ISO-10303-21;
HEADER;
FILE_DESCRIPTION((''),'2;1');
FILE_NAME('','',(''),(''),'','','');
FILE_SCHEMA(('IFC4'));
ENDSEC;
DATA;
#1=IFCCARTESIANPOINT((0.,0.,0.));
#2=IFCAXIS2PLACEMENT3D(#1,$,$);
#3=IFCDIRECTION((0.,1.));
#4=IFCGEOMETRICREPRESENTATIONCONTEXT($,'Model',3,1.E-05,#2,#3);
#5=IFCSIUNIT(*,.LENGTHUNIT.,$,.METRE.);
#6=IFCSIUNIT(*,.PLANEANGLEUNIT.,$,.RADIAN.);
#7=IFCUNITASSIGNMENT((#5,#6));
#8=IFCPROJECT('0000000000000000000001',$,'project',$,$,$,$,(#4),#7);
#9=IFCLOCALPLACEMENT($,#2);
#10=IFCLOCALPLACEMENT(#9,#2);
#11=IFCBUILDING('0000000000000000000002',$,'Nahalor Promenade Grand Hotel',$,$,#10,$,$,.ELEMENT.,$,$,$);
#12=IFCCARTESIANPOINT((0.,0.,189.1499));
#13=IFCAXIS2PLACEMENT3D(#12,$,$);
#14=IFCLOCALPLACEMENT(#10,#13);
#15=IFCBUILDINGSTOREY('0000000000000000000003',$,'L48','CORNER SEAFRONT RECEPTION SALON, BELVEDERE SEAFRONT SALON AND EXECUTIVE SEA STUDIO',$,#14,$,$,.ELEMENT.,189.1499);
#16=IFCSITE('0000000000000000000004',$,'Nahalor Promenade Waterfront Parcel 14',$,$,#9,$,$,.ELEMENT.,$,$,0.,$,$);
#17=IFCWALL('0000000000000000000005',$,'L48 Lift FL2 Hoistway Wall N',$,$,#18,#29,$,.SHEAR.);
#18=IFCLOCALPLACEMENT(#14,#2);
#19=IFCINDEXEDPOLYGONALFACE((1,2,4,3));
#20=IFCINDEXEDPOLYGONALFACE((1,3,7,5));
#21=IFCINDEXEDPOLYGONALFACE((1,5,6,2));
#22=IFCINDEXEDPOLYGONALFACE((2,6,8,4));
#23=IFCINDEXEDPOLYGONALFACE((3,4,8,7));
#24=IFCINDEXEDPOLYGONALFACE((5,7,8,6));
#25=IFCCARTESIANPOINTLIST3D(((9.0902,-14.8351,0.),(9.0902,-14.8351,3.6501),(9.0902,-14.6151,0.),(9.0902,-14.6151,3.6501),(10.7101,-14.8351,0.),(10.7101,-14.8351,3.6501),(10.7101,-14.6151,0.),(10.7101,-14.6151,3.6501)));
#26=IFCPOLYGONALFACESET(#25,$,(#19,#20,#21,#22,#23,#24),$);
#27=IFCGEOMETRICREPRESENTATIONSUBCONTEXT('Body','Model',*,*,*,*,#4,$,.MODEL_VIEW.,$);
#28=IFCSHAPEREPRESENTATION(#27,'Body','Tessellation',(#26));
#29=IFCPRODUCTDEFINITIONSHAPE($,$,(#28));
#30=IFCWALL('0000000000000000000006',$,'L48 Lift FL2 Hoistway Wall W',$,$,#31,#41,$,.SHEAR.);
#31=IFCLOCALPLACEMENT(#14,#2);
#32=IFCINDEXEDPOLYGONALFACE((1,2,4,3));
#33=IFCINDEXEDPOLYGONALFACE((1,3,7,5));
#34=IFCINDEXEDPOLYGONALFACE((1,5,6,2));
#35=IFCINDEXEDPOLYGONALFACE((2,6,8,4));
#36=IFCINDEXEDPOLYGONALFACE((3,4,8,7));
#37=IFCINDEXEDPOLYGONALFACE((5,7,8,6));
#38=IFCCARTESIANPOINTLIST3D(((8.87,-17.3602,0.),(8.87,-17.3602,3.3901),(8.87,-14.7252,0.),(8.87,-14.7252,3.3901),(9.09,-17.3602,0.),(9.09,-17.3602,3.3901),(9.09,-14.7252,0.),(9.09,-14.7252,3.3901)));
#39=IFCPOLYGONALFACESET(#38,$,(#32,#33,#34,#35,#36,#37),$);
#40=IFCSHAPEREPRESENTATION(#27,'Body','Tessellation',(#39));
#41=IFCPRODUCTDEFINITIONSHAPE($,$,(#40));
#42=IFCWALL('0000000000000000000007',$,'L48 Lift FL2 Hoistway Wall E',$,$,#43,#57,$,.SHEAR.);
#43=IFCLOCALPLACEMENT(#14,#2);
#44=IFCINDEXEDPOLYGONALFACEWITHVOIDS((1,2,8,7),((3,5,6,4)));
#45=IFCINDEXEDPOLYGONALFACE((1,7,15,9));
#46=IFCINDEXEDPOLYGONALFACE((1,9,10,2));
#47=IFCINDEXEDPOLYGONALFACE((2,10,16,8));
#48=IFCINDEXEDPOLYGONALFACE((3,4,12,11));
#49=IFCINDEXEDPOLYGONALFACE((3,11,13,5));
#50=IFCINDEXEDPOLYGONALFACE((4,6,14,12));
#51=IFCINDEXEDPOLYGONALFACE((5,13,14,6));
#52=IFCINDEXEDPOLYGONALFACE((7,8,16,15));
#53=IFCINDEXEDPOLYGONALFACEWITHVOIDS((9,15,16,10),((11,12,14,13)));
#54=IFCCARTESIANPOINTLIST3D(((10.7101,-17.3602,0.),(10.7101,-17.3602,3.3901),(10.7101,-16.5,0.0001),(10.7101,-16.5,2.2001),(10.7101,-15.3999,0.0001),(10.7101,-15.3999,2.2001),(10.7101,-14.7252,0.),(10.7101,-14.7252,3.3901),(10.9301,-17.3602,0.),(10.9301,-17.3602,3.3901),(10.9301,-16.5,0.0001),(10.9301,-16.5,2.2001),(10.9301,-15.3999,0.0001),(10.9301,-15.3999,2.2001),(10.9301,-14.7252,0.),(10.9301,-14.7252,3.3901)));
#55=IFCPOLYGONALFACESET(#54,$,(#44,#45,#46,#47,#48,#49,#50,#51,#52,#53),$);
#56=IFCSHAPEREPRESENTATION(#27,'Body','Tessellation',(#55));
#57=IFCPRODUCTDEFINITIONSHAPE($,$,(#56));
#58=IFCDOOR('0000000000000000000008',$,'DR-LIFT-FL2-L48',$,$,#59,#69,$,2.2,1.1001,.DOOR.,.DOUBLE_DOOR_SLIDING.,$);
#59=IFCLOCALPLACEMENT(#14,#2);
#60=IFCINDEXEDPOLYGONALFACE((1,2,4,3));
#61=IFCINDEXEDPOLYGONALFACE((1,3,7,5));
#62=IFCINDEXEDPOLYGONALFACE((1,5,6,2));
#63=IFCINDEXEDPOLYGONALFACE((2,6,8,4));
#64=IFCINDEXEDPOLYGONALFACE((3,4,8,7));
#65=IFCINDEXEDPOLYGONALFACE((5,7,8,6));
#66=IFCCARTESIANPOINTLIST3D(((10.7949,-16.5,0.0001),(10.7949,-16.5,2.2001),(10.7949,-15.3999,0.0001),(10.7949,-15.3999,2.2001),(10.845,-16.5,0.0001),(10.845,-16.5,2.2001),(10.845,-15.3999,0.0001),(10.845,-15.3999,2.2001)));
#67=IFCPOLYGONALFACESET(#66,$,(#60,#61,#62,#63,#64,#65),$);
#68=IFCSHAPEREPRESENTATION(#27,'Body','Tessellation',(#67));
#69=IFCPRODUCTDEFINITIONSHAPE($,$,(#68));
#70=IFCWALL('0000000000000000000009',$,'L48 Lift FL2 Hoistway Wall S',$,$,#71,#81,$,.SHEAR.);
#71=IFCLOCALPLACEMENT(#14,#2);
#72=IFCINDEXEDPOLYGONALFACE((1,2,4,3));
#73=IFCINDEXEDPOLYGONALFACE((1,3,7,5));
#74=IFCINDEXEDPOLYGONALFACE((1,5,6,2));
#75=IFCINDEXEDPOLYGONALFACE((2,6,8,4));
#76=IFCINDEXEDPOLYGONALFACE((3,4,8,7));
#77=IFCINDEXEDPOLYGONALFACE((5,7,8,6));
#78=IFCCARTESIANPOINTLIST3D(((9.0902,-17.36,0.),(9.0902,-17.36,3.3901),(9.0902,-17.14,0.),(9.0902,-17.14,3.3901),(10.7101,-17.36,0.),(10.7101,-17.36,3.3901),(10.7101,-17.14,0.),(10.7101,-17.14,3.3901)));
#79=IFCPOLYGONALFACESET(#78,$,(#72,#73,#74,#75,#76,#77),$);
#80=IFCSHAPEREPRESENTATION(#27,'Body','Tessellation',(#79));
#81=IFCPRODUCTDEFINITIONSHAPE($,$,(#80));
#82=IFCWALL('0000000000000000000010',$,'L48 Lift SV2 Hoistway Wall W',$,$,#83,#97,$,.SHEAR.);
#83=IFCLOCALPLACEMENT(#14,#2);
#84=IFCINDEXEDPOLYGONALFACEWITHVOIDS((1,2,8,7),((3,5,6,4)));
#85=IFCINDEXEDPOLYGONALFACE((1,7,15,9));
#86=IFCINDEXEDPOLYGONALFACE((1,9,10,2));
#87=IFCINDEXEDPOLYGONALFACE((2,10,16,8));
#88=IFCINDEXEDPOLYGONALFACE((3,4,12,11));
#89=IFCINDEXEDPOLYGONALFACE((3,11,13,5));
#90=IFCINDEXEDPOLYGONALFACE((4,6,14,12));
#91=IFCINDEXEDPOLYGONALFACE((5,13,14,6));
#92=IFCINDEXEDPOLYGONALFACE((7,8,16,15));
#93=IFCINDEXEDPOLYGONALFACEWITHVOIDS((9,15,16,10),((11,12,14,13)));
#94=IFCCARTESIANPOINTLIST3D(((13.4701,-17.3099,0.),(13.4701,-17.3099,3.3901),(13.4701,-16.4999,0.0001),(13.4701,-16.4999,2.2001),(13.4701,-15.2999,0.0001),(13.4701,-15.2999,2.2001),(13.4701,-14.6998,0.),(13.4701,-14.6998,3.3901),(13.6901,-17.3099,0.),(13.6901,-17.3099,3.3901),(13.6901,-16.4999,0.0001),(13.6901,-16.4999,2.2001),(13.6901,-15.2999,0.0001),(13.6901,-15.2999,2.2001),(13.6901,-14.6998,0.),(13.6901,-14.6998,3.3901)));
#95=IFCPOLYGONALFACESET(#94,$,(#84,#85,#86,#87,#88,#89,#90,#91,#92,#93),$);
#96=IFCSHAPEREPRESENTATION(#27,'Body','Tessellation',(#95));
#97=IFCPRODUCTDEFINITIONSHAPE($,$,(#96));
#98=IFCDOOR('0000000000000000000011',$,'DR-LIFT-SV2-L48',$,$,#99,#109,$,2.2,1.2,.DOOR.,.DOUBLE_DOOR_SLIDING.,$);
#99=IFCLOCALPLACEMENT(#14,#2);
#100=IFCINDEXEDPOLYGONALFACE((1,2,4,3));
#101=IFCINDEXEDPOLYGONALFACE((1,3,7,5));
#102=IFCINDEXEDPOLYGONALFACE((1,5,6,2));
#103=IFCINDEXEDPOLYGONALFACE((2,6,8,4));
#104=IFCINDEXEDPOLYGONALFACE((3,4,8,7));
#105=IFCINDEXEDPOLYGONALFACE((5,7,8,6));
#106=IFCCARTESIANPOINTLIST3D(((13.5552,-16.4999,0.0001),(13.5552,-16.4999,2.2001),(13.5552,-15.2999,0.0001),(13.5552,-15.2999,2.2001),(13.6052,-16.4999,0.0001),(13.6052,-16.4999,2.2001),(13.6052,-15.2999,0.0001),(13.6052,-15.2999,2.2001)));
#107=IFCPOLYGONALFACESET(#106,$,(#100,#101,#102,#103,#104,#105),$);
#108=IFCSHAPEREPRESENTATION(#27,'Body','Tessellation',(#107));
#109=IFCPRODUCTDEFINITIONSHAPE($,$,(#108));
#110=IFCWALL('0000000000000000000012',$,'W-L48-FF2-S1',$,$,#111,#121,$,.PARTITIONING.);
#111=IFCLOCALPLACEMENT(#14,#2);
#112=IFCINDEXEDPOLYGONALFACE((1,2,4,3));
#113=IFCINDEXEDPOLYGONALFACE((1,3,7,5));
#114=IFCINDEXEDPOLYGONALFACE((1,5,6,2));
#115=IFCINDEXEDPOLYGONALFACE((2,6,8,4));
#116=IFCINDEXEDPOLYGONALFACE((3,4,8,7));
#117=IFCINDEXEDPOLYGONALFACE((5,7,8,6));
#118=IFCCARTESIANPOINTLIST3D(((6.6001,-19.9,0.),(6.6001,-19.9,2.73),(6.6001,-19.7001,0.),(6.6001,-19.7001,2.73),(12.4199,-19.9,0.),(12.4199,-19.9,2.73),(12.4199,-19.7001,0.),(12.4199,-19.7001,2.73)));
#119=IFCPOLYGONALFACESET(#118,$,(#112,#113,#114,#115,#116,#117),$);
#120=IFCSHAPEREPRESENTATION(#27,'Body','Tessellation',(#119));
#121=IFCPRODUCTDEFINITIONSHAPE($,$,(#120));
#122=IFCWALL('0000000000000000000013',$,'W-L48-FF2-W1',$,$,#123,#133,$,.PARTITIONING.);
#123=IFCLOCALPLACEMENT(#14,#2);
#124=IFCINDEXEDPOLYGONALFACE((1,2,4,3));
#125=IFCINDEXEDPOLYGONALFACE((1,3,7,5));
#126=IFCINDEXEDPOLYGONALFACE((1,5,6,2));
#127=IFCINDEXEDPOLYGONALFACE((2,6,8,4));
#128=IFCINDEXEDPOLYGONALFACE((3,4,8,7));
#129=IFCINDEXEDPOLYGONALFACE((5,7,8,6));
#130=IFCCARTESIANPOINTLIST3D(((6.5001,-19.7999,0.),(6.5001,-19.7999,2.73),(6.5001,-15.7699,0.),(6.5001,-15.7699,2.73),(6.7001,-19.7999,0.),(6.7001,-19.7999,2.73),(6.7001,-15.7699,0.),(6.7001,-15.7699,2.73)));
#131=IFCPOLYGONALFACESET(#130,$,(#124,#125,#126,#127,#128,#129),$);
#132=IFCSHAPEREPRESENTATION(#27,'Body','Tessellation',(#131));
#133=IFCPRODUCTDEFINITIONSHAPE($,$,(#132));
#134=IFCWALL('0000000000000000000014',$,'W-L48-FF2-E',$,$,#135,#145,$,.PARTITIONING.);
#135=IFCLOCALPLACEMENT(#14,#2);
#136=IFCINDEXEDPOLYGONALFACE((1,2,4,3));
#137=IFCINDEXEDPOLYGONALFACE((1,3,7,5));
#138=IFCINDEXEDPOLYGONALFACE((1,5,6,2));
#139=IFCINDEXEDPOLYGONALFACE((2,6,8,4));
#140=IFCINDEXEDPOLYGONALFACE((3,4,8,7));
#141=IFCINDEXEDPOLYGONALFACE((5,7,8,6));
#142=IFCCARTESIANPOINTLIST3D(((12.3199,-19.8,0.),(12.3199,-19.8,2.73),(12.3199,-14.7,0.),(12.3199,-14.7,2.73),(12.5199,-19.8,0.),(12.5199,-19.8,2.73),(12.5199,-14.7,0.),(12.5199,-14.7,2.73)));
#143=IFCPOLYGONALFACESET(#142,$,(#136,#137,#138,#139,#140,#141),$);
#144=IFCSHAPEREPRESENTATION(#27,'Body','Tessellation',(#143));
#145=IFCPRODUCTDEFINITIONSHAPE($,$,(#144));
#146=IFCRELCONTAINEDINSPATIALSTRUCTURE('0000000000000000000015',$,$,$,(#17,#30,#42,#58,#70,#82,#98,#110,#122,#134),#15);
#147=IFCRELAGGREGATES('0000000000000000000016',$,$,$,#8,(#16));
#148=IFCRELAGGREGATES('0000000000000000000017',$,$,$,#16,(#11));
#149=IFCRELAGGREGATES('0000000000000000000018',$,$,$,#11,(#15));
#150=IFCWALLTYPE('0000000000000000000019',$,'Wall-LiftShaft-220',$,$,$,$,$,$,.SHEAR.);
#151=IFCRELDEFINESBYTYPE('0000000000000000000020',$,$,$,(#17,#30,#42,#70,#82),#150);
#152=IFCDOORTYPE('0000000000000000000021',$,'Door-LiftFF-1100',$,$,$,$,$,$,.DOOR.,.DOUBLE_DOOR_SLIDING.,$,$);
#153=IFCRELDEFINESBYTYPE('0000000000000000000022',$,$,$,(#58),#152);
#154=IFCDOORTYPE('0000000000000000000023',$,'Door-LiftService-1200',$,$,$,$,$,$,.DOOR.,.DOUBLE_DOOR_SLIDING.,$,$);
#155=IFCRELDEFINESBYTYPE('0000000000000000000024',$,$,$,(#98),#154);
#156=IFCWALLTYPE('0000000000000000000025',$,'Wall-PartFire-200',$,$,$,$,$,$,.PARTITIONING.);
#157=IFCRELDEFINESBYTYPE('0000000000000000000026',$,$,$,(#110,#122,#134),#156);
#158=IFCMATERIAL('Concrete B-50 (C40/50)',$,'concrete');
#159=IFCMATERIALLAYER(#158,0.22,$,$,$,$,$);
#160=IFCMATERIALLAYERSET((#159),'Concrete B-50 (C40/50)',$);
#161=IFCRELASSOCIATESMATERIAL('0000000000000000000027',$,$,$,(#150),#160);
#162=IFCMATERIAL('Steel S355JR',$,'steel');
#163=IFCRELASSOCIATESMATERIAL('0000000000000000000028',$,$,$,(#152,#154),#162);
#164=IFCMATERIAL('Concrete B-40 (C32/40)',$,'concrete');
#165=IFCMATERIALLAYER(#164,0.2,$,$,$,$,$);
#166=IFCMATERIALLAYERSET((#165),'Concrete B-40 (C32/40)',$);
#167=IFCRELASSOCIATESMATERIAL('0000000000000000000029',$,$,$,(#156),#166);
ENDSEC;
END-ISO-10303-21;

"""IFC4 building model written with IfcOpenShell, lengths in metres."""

from ifc_helpers import new_model, si_unit, direction, frame, frame_2d, origin, place, context, subcontext, project, spatial, rectangle, extrude, source, transform, mapped, material, layer, layer_set, type_object, element, fill, save


model = new_model("IFC4")

# Units and contexts
model_context = context("Model", 3, precision=1e-05, world=origin(), true_north=direction((0.0, 1.0)))
body_context = subcontext(model_context, "Body", "Model", "MODEL_VIEW")
ifc_project = project(units=[si_unit("LENGTHUNIT", "METRE"), si_unit("PLANEANGLEUNIT", "RADIAN")], contexts=[model_context])

# Site, building, storey
site_placement = place(None, origin())
site = spatial("IfcSite", under=ifc_project, at=site_placement, Name="Nahalor Promenade Waterfront Parcel 14", CompositionType="ELEMENT", RefElevation=0.0)
building_placement = place(site_placement, origin())
building = spatial("IfcBuilding", under=site, at=building_placement, Name="Nahalor Promenade Grand Hotel", CompositionType="ELEMENT")
storey_placement = place(building_placement, frame((0.0, 0.0, 189.1499)))
storey = spatial("IfcBuildingStorey", under=building, at=storey_placement, Name="L48", Description="CORNER SEAFRONT RECEPTION SALON, BELVEDERE SEAFRONT SALON AND EXECUTIVE SEA STUDIO", CompositionType="ELEMENT", Elevation=189.1499)

# Shared definitions
ifc_material_1 = material(Name="Steel S355JR", Category="steel")

# Shared definitions
ifc_material_2 = material(Name="Concrete B-50 (C40/50)", Category="concrete")

# Shared definitions
ifc_layer_1 = layer(ifc_material_2, 0.22)
ifc_layer_set_1 = layer_set([ifc_layer_1], Name="Concrete B-50 (C40/50)")
wall_type_1 = type_object("IfcWallType", Name="Wall-LiftShaft-220", PredefinedType="SHEAR", material=ifc_layer_set_1)

# Walls
shared_shape_1 = source(origin(), body_context, "Body", "SweptSolid", [
    extrude(rectangle(XDim=1.6199, YDim=0.22, at=frame_2d((0.8101, 0.0))), origin(), (0.0, 0.0, 1.0), 3.6501),
])
wall_1_placement = place(storey_placement, frame((9.0901, -14.7251, 0.0), z_axis=(0.0, 0.0, 1.0), x_axis=(1.0, 0.0, 0.0)))
element("IfcWall", 1, at=wall_1_placement, inside=storey, type_object=wall_type_1, Name="L48 Lift FL2 Hoistway Wall N", PredefinedType="SHEAR", context=body_context, shape_type="MappedRepresentation", body=[
    mapped(shared_shape_1, transform((0.0, 0.0, 0.0), scale=1.0)),
])
shared_shape_2 = source(origin(), body_context, "Body", "SweptSolid", [
    extrude(rectangle(XDim=2.635, YDim=0.22, at=frame_2d((1.3174, 0.0))), origin(), (0.0, 0.0, 1.0), 3.3901),
])
wall_2_placement = place(storey_placement, frame((8.98, -17.3601, 0.0), z_axis=(0.0, 0.0, 1.0), x_axis=(0.0, 1.0, 0.0)))
element("IfcWall", 2, at=wall_2_placement, inside=storey, type_object=wall_type_1, Name="L48 Lift FL2 Hoistway Wall W", PredefinedType="SHEAR", context=body_context, shape_type="MappedRepresentation", body=[
    mapped(shared_shape_2, transform((0.0, 0.0, 0.0), scale=1.0)),
])

# Wall, opening, door
wall_3_placement = place(storey_placement, frame((10.8201, -17.3601, 0.0), z_axis=(0.0, 0.0, 1.0), x_axis=(0.0, 1.0, 0.0)))
wall_3 = element("IfcWall", 3, at=wall_3_placement, inside=storey, type_object=wall_type_1, Name="L48 Lift FL2 Hoistway Wall E", PredefinedType="SHEAR", context=body_context, shape_type="MappedRepresentation", body=[
    mapped(shared_shape_2, transform((0.0, 0.0, 0.0), scale=1.0)),
])
opening_1_placement = place(wall_3_placement, frame((0.8601, 0.0, 0.0)))
opening_1 = element("IfcOpeningElement", 4, at=opening_1_placement, cuts=wall_3, PredefinedType="OPENING", context=body_context, shape_type="SweptSolid", body=[
    extrude(rectangle(XDim=1.1001, YDim=2.2, at=frame_2d((0.55, 1.1001))), frame((0.0, 0.1199, 0.0), z_axis=(0.0, -1.0, 0.0), x_axis=(1.0, 0.0, 0.0)), (0.0, 0.0, 1.0), 0.24),
])
door_type_1 = type_object("IfcDoorType", Name="Door-LiftFF-1100", OperationType="DOUBLE_DOOR_SLIDING", PredefinedType="DOOR", material=ifc_material_1)
shared_shape_3 = source(origin(), body_context, "Body", "SweptSolid", [
    extrude(rectangle(XDim=1.1001, YDim=2.2, at=frame_2d((0.55, 1.1001))), frame((0.0, 0.0249, 0.0), z_axis=(0.0, -1.0, 0.0), x_axis=(1.0, 0.0, 0.0)), (0.0, 0.0, 1.0), 0.05),
])
door_1_placement = place(opening_1_placement, frame((1.1001, 0.0, 0.0), z_axis=(0.0, 0.0, 1.0), x_axis=(-1.0, 0.0, 0.0)))
door_1 = element("IfcDoor", 5, at=door_1_placement, inside=storey, type_object=door_type_1, Name="DR-LIFT-FL2-L48", OperationType="DOUBLE_DOOR_SLIDING", OverallHeight=2.2, OverallWidth=1.1001, PredefinedType="DOOR", context=body_context, shape_type="MappedRepresentation", body=[
    mapped(shared_shape_3, transform((0.0, 0.0, 0.0), scale=1.0)),
])
fill(opening_1, door_1)

# Wall
shared_shape_4 = source(origin(), body_context, "Body", "SweptSolid", [
    extrude(rectangle(XDim=1.6199, YDim=0.22, at=frame_2d((0.8101, 0.0))), origin(), (0.0, 0.0, 1.0), 3.3901),
])
wall_4_placement = place(storey_placement, frame((9.0901, -17.25, 0.0), z_axis=(0.0, 0.0, 1.0), x_axis=(1.0, 0.0, 0.0)))
element("IfcWall", 6, at=wall_4_placement, inside=storey, type_object=wall_type_1, Name="L48 Lift FL2 Hoistway Wall S", PredefinedType="SHEAR", context=body_context, shape_type="MappedRepresentation", body=[
    mapped(shared_shape_4, transform((0.0, 0.0, 0.0), scale=1.0)),
])

# Wall, opening, door
shared_shape_5 = source(origin(), body_context, "Body", "SweptSolid", [
    extrude(rectangle(XDim=2.6101, YDim=0.22, at=frame_2d((1.3052, 0.0))), origin(), (0.0, 0.0, 1.0), 3.3901),
])
wall_5_placement = place(storey_placement, frame((13.5801, -17.3101, 0.0), z_axis=(0.0, 0.0, 1.0), x_axis=(0.0, 1.0, 0.0)))
wall_5 = element("IfcWall", 7, at=wall_5_placement, inside=storey, type_object=wall_type_1, Name="L48 Lift SV2 Hoistway Wall W", PredefinedType="SHEAR", context=body_context, shape_type="MappedRepresentation", body=[
    mapped(shared_shape_5, transform((0.0, 0.0, 0.0), scale=1.0)),
])
opening_2_placement = place(wall_5_placement, frame((0.8101, 0.0, 0.0)))
opening_2 = element("IfcOpeningElement", 8, at=opening_2_placement, cuts=wall_5, PredefinedType="OPENING", context=body_context, shape_type="SweptSolid", body=[
    extrude(rectangle(XDim=1.2, YDim=2.2, at=frame_2d((0.6001, 1.1001))), frame((0.0, 0.1199, 0.0), z_axis=(0.0, -1.0, 0.0), x_axis=(1.0, 0.0, 0.0)), (0.0, 0.0, 1.0), 0.24),
])
door_type_2 = type_object("IfcDoorType", Name="Door-LiftService-1200", OperationType="DOUBLE_DOOR_SLIDING", PredefinedType="DOOR", material=ifc_material_1)
shared_shape_6 = source(origin(), body_context, "Body", "SweptSolid", [
    extrude(rectangle(XDim=1.2, YDim=2.2, at=frame_2d((0.6001, 1.1001))), frame((0.0, 0.0249, 0.0), z_axis=(0.0, -1.0, 0.0), x_axis=(1.0, 0.0, 0.0)), (0.0, 0.0, 1.0), 0.05),
])
door_2_placement = place(opening_2_placement, origin())
door_2 = element("IfcDoor", 9, at=door_2_placement, inside=storey, type_object=door_type_2, Name="DR-LIFT-SV2-L48", OperationType="DOUBLE_DOOR_SLIDING", OverallHeight=2.2, OverallWidth=1.2, PredefinedType="DOOR", context=body_context, shape_type="MappedRepresentation", body=[
    mapped(shared_shape_6, transform((0.0, 0.0, 0.0), scale=1.0)),
])
fill(opening_2, door_2)

# Walls
ifc_material_3 = material(Name="Concrete B-40 (C32/40)", Category="concrete")
ifc_layer_2 = layer(ifc_material_3, 0.2)
ifc_layer_set_2 = layer_set([ifc_layer_2], Name="Concrete B-40 (C32/40)")
wall_type_2 = type_object("IfcWallType", Name="Wall-PartFire-200", PredefinedType="PARTITIONING", material=ifc_layer_set_2)
shared_shape_7 = source(origin(), body_context, "Body", "SweptSolid", [
    extrude(rectangle(XDim=5.8198, YDim=0.2, at=frame_2d((2.9099, 0.0))), origin(), (0.0, 0.0, 1.0), 2.73),
])
wall_6_placement = place(storey_placement, frame((6.6001, -19.8, 0.0), z_axis=(0.0, 0.0, 1.0), x_axis=(1.0, 0.0, 0.0)))
element("IfcWall", 10, at=wall_6_placement, inside=storey, type_object=wall_type_2, Name="W-L48-FF2-S1", PredefinedType="PARTITIONING", context=body_context, shape_type="MappedRepresentation", body=[
    mapped(shared_shape_7, transform((0.0, 0.0, 0.0), scale=1.0)),
])
shared_shape_8 = source(origin(), body_context, "Body", "SweptSolid", [
    extrude(rectangle(XDim=4.03, YDim=0.2, at=frame_2d((2.0151, 0.0))), origin(), (0.0, 0.0, 1.0), 2.73),
])
wall_7_placement = place(storey_placement, frame((6.6001, -19.8, 0.0), z_axis=(0.0, 0.0, 1.0), x_axis=(0.0, 1.0, 0.0)))
element("IfcWall", 11, at=wall_7_placement, inside=storey, type_object=wall_type_2, Name="W-L48-FF2-W1", PredefinedType="PARTITIONING", context=body_context, shape_type="MappedRepresentation", body=[
    mapped(shared_shape_8, transform((0.0, 0.0, 0.0), scale=1.0)),
])
shared_shape_9 = source(origin(), body_context, "Body", "SweptSolid", [
    extrude(rectangle(XDim=5.1001, YDim=0.2, at=frame_2d((2.55, 0.0))), origin(), (0.0, 0.0, 1.0), 2.73),
])
wall_8_placement = place(storey_placement, frame((12.4199, -19.8, 0.0), z_axis=(0.0, 0.0, 1.0), x_axis=(0.0, 1.0, 0.0)))
element("IfcWall", 12, at=wall_8_placement, inside=storey, type_object=wall_type_2, Name="W-L48-FF2-E", PredefinedType="PARTITIONING", context=body_context, shape_type="MappedRepresentation", body=[
    mapped(shared_shape_9, transform((0.0, 0.0, 0.0), scale=1.0)),
])

save(model, "model.ifc")
